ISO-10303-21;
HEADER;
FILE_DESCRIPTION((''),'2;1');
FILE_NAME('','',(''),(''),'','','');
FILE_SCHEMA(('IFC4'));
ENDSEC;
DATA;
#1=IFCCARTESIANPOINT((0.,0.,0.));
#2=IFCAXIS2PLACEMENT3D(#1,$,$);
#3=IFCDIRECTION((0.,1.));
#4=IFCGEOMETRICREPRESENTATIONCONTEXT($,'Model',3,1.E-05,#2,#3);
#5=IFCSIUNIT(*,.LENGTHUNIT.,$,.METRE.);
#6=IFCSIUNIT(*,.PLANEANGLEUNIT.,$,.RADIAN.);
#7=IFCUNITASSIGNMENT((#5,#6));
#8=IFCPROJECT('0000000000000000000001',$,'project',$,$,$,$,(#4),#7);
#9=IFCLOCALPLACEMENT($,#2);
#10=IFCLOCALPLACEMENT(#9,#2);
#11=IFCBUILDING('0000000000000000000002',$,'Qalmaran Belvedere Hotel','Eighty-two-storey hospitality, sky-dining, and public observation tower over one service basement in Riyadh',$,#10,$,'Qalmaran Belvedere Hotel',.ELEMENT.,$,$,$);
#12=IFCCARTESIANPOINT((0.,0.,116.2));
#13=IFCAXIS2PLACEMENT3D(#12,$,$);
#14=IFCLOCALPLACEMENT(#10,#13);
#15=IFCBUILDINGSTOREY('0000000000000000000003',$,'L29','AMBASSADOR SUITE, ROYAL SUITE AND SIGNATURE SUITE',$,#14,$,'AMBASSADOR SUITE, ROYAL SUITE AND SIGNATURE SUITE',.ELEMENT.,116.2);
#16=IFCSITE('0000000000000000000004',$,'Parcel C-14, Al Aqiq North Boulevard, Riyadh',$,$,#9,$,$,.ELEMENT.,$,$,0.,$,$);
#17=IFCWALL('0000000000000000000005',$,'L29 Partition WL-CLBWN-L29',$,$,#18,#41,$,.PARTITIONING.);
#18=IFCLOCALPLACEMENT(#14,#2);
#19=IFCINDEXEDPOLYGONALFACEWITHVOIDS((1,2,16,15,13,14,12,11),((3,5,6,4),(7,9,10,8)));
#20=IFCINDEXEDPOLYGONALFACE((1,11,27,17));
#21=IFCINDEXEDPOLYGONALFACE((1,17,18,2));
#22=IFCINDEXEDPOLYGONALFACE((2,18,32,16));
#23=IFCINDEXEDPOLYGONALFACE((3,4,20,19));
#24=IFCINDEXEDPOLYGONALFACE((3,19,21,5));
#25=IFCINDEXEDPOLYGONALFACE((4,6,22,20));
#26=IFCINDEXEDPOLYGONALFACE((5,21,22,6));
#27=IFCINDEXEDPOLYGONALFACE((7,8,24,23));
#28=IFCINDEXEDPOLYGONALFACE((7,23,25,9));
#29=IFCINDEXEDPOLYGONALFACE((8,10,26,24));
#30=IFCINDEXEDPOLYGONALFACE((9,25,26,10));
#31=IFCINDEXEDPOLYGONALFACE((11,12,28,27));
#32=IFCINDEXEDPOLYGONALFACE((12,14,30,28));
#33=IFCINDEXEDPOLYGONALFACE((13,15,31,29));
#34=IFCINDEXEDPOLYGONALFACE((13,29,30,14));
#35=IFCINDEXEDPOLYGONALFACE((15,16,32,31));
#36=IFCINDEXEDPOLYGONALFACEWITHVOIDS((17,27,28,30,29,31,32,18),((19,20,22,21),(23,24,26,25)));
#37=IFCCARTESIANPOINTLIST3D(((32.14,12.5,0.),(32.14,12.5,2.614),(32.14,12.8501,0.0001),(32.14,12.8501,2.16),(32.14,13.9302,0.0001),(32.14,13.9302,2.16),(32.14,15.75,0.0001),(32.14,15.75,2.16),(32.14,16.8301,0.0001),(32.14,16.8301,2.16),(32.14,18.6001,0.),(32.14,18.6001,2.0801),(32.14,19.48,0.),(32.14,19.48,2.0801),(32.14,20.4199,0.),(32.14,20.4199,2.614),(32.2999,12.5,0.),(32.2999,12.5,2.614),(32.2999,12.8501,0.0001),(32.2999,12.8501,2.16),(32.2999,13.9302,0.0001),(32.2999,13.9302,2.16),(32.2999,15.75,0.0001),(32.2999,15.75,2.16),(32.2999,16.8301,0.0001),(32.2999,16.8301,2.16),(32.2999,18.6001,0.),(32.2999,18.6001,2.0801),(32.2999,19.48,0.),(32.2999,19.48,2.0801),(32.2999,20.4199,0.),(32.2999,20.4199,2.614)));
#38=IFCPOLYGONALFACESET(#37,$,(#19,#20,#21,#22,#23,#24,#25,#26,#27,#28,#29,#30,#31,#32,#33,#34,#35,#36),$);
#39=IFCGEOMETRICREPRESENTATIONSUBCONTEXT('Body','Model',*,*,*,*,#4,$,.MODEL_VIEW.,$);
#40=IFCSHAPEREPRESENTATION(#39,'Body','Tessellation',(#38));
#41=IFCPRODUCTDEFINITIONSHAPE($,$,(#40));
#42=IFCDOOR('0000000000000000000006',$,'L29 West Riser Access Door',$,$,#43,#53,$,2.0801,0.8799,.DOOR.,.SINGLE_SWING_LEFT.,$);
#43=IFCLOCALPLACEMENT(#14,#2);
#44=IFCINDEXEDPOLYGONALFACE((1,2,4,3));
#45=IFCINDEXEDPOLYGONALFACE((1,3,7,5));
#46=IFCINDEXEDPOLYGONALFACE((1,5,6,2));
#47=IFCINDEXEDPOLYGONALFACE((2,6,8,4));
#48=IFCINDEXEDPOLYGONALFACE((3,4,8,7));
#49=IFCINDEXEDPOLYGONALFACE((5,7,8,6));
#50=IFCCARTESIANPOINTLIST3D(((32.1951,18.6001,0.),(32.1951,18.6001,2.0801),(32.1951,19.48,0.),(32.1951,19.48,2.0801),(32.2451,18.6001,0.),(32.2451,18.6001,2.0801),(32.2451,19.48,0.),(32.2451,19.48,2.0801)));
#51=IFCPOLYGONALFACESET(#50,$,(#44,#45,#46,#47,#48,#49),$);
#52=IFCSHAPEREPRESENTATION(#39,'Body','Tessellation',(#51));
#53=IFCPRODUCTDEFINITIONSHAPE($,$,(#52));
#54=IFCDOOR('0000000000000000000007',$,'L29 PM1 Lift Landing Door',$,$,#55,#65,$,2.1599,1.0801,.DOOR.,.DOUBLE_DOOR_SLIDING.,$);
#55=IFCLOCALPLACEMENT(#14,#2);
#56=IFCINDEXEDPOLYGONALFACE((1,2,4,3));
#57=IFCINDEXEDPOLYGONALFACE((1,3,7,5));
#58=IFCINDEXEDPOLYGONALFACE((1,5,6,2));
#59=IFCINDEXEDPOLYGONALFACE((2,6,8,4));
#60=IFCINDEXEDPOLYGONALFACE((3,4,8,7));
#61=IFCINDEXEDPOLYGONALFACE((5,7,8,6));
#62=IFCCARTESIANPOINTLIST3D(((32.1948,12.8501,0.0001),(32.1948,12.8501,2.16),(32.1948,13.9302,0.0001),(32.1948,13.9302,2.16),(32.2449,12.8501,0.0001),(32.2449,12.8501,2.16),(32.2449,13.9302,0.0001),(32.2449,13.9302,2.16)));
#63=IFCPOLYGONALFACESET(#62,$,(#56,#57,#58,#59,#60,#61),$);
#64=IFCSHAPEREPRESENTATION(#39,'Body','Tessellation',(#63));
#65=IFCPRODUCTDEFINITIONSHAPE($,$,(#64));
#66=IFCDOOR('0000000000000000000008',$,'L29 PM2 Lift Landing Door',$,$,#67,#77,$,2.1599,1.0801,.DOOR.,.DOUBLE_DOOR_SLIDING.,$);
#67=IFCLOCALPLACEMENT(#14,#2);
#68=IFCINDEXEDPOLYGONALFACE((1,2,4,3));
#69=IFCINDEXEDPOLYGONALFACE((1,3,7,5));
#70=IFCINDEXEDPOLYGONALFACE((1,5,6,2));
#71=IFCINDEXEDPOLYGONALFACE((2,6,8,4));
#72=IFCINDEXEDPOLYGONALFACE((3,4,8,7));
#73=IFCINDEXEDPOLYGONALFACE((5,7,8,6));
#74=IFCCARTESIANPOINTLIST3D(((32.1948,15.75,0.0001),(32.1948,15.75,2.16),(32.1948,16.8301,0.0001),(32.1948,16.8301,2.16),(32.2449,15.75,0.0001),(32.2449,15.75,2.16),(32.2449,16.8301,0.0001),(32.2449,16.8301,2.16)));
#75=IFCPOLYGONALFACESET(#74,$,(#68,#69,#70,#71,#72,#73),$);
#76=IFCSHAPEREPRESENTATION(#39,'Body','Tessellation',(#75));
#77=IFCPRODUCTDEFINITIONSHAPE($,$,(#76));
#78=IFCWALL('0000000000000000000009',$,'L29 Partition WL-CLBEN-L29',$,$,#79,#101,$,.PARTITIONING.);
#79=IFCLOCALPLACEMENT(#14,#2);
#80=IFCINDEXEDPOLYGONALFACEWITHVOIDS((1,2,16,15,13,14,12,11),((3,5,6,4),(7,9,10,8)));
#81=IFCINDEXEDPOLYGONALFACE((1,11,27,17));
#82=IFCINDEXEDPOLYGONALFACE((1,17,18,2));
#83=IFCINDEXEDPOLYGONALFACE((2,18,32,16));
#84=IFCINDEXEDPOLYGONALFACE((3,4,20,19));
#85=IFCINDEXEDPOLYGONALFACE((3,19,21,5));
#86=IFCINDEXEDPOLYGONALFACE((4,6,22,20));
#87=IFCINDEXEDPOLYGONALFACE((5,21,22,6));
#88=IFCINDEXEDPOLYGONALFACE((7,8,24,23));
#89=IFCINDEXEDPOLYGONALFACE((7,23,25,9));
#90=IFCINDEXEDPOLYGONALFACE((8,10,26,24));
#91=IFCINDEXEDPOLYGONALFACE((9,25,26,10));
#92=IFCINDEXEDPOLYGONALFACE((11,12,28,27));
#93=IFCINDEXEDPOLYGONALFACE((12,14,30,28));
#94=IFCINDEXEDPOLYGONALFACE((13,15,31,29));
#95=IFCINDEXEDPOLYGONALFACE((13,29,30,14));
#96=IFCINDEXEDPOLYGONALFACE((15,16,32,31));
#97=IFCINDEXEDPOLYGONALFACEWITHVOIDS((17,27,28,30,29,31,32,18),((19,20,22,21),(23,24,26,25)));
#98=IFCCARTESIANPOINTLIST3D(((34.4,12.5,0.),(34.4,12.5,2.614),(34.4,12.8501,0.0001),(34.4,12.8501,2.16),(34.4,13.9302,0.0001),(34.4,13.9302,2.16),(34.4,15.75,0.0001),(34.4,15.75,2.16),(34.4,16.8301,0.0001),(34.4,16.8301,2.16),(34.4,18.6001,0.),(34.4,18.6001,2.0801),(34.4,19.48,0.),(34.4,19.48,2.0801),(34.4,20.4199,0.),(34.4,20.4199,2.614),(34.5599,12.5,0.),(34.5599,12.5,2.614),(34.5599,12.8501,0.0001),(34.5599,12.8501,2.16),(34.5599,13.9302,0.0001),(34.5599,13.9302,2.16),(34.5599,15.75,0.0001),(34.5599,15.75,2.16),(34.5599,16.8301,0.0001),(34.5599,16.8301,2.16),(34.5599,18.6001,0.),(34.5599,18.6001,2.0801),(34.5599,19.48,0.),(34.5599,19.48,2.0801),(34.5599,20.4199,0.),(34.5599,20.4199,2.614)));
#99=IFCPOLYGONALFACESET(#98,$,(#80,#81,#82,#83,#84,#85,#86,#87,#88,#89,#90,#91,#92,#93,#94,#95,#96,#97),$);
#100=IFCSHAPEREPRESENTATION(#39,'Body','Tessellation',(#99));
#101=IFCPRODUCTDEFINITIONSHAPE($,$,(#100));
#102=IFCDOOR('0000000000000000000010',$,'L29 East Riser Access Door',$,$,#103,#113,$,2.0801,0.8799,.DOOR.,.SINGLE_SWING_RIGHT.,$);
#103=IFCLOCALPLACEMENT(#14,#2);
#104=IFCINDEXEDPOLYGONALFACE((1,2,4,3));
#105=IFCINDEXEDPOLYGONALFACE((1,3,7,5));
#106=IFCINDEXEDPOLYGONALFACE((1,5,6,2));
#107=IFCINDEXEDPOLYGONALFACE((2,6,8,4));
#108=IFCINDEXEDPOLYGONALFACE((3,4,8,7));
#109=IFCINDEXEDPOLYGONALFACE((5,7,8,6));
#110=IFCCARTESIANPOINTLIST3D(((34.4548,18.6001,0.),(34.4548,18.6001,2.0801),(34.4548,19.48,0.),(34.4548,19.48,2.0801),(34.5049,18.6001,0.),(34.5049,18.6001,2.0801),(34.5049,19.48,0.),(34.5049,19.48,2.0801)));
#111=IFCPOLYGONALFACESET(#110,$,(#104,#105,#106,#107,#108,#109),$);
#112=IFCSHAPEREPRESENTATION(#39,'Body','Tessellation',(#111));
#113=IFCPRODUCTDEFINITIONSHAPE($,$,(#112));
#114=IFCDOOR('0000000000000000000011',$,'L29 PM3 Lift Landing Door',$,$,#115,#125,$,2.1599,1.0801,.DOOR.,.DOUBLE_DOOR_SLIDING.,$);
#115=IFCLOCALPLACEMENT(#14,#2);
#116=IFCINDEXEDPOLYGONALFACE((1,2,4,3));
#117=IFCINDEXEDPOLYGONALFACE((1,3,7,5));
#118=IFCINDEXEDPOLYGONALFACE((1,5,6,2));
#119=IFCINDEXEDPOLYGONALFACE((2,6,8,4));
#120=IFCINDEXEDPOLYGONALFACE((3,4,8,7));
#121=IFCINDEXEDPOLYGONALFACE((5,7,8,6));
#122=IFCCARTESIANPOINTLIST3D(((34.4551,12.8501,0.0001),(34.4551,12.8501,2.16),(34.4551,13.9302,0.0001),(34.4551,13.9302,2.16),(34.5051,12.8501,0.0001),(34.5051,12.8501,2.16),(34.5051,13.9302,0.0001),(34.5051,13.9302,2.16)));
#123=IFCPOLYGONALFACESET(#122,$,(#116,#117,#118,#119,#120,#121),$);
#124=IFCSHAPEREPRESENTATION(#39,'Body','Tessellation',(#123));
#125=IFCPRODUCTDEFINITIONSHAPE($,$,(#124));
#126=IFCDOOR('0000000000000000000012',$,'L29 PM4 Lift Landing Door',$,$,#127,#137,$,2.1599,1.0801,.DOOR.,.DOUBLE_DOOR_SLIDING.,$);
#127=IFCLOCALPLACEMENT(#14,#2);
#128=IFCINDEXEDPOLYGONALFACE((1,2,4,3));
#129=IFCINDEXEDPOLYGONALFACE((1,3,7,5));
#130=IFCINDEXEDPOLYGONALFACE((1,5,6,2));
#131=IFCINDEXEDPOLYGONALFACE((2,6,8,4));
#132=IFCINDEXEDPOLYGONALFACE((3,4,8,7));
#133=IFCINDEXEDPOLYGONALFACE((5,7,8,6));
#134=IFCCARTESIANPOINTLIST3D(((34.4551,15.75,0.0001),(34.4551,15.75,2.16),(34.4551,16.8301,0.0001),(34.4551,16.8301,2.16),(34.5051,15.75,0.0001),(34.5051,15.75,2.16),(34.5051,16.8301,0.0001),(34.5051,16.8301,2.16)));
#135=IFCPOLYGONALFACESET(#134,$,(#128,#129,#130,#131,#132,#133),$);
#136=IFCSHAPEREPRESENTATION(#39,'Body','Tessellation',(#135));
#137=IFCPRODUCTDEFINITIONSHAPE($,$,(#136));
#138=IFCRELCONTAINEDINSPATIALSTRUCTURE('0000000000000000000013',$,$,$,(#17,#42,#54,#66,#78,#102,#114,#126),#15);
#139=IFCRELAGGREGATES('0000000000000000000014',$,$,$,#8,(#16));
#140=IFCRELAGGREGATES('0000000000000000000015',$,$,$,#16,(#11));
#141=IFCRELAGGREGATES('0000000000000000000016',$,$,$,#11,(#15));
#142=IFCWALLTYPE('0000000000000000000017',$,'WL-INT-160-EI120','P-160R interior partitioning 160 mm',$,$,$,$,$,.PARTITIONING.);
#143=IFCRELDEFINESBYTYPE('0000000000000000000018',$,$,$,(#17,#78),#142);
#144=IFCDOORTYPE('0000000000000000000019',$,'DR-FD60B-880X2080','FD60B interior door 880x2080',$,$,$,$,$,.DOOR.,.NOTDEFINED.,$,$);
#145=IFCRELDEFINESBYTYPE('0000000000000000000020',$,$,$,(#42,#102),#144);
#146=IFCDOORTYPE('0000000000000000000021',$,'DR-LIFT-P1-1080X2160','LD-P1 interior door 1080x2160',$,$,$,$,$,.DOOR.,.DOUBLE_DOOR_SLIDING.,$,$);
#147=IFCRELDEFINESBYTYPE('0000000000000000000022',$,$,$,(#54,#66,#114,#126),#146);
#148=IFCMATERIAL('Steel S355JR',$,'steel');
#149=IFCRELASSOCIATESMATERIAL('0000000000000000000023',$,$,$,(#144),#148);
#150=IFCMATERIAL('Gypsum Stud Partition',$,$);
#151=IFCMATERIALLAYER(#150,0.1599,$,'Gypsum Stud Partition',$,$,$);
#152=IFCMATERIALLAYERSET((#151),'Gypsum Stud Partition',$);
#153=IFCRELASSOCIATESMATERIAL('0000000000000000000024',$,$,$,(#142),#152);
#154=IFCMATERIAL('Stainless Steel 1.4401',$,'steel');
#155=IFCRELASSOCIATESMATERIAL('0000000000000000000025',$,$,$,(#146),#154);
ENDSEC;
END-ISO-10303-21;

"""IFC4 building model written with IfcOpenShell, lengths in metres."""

from ifc_helpers import new_model, si_unit, direction, frame, frame_2d, origin, place, context, subcontext, project, spatial, rectangle, extrude, material, layer, layer_set, type_object, element, fill, save


model = new_model("IFC4")

# Units and contexts
model_context = context("Model", 3, precision=1e-05, world=origin(), true_north=direction((0.0, 1.0)))
body_context = subcontext(model_context, "Body", "Model", "MODEL_VIEW")
ifc_project = project(units=[si_unit("LENGTHUNIT", "METRE"), si_unit("PLANEANGLEUNIT", "RADIAN")], contexts=[model_context])

# Site, building, storey
site_placement = place(None, origin())
site = spatial("IfcSite", under=ifc_project, at=site_placement, Name="Parcel C-14, Al Aqiq North Boulevard, Riyadh", CompositionType="ELEMENT", RefElevation=0.0)
building_placement = place(site_placement, origin())
building = spatial("IfcBuilding", under=site, at=building_placement, Name="Qalmaran Belvedere Hotel", Description="Eighty-two-storey hospitality, sky-dining, and public observation tower over one service basement in Riyadh", LongName="Qalmaran Belvedere Hotel", CompositionType="ELEMENT")
storey_placement = place(building_placement, frame((0.0, 0.0, 116.2)))
storey = spatial("IfcBuildingStorey", under=building, at=storey_placement, Name="L29", Description="AMBASSADOR SUITE, ROYAL SUITE AND SIGNATURE SUITE", LongName="AMBASSADOR SUITE, ROYAL SUITE AND SIGNATURE SUITE", CompositionType="ELEMENT", Elevation=116.2)

# Shared definitions
ifc_material_1 = material(Name="Steel S355JR", Category="steel")

# Shared definitions
ifc_material_2 = material(Name="Gypsum Stud Partition")

# Shared definitions
door_type_1 = type_object("IfcDoorType", Name="DR-FD60B-880X2080", Description="FD60B interior door 880x2080", OperationType="NOTDEFINED", PredefinedType="DOOR", material=ifc_material_1)

# Shared definitions
ifc_layer_1 = layer(ifc_material_2, 0.1599, Name="Gypsum Stud Partition")
ifc_layer_set_1 = layer_set([ifc_layer_1], Name="Gypsum Stud Partition")
wall_type_1 = type_object("IfcWallType", Name="WL-INT-160-EI120", Description="P-160R interior partitioning 160 mm", PredefinedType="PARTITIONING", material=ifc_layer_set_1)

# Walls, openings, doors
wall_1_placement = place(storey_placement, frame((32.22, 12.5, 0.0), z_axis=(0.0, 0.0, 1.0), x_axis=(0.0, 1.0, 0.0)))
wall_1 = element("IfcWall", 1, at=wall_1_placement, inside=storey, type_object=wall_type_1, Name="L29 Partition WL-CLBWN-L29", PredefinedType="PARTITIONING", context=body_context, shape_type="SweptSolid", body=[
    extrude(rectangle(XDim=7.9199, YDim=0.1599, at=frame_2d((3.96, 0.0))), origin(), (0.0, 0.0, 1.0), 2.614),
])
opening_1_placement = place(wall_1_placement, frame((1.4302, 0.0, 0.0), z_axis=(0.0, 0.0, 1.0), x_axis=(-1.0, 0.0, 0.0)))
opening_1 = element("IfcOpeningElement", 2, at=opening_1_placement, cuts=wall_1, PredefinedType="OPENING", context=body_context, shape_type="SweptSolid", body=[
    extrude(rectangle(XDim=1.0801, YDim=2.1599, at=frame_2d((0.54, 1.0801))), frame((0.0, 0.0898, 0.0), z_axis=(0.0, -1.0, 0.0), x_axis=(1.0, 0.0, 0.0)), (0.0, 0.0, 1.0), 0.1799),
])
opening_2_placement = place(wall_1_placement, frame((4.3301, 0.0, 0.0), z_axis=(0.0, 0.0, 1.0), x_axis=(-1.0, 0.0, 0.0)))
opening_2 = element("IfcOpeningElement", 3, at=opening_2_placement, cuts=wall_1, PredefinedType="OPENING", context=body_context, shape_type="SweptSolid", body=[
    extrude(rectangle(XDim=1.0801, YDim=2.1599, at=frame_2d((0.54, 1.0801))), frame((0.0, 0.0898, 0.0), z_axis=(0.0, -1.0, 0.0), x_axis=(1.0, 0.0, 0.0)), (0.0, 0.0, 1.0), 0.1799),
])
opening_3_placement = place(wall_1_placement, frame((6.1001, 0.0, 0.0)))
opening_3 = element("IfcOpeningElement", 4, at=opening_3_placement, cuts=wall_1, PredefinedType="OPENING", context=body_context, shape_type="SweptSolid", body=[
    extrude(rectangle(XDim=0.8799, YDim=2.0801, at=frame_2d((0.4399, 1.04))), frame((0.0, 0.0898, 0.0), z_axis=(0.0, -1.0, 0.0), x_axis=(1.0, 0.0, 0.0)), (0.0, 0.0, 1.0), 0.1799),
])
door_1_placement = place(opening_3_placement, origin())
door_1 = element("IfcDoor", 5, at=door_1_placement, inside=storey, type_object=door_type_1, Name="L29 West Riser Access Door", OperationType="SINGLE_SWING_LEFT", OverallHeight=2.0801, OverallWidth=0.8799, PredefinedType="DOOR", context=body_context, shape_type="SweptSolid", body=[
    extrude(rectangle(XDim=0.8799, YDim=2.0801, at=frame_2d((0.4399, 1.04))), frame((0.0, 0.0249, 0.0), z_axis=(0.0, -1.0, 0.0), x_axis=(1.0, 0.0, 0.0)), (0.0, 0.0, 1.0), 0.05),
])
fill(opening_3, door_1)
ifc_material_3 = material(Name="Stainless Steel 1.4401", Category="steel")
door_type_2 = type_object("IfcDoorType", Name="DR-LIFT-P1-1080X2160", Description="LD-P1 interior door 1080x2160", OperationType="DOUBLE_DOOR_SLIDING", PredefinedType="DOOR", material=ifc_material_3)
door_2_placement = place(opening_1_placement, origin())
door_2 = element("IfcDoor", 6, at=door_2_placement, inside=storey, type_object=door_type_2, Name="L29 PM1 Lift Landing Door", OperationType="DOUBLE_DOOR_SLIDING", OverallHeight=2.1599, OverallWidth=1.0801, PredefinedType="DOOR", context=body_context, shape_type="SweptSolid", body=[
    extrude(rectangle(XDim=1.0801, YDim=2.1599, at=frame_2d((0.54, 1.0801))), frame((0.0, 0.0249, 0.0), z_axis=(0.0, -1.0, 0.0), x_axis=(1.0, 0.0, 0.0)), (0.0, 0.0, 1.0), 0.05),
])
fill(opening_1, door_2)
door_3_placement = place(opening_2_placement, origin())
door_3 = element("IfcDoor", 7, at=door_3_placement, inside=storey, type_object=door_type_2, Name="L29 PM2 Lift Landing Door", OperationType="DOUBLE_DOOR_SLIDING", OverallHeight=2.1599, OverallWidth=1.0801, PredefinedType="DOOR", context=body_context, shape_type="SweptSolid", body=[
    extrude(rectangle(XDim=1.0801, YDim=2.1599, at=frame_2d((0.54, 1.0801))), frame((0.0, 0.0249, 0.0), z_axis=(0.0, -1.0, 0.0), x_axis=(1.0, 0.0, 0.0)), (0.0, 0.0, 1.0), 0.05),
])
fill(opening_2, door_3)
wall_2_placement = place(storey_placement, frame((34.48, 12.5, 0.0), z_axis=(0.0, 0.0, 1.0), x_axis=(0.0, 1.0, 0.0)))
wall_2 = element("IfcWall", 8, at=wall_2_placement, inside=storey, type_object=wall_type_1, Name="L29 Partition WL-CLBEN-L29", PredefinedType="PARTITIONING", context=body_context, shape_type="SweptSolid", body=[
    extrude(rectangle(XDim=7.9199, YDim=0.1599, at=frame_2d((3.96, 0.0))), origin(), (0.0, 0.0, 1.0), 2.614),
])
opening_4_placement = place(wall_2_placement, frame((0.3501, 0.0, 0.0)))
opening_4 = element("IfcOpeningElement", 9, at=opening_4_placement, cuts=wall_2, PredefinedType="OPENING", context=body_context, shape_type="SweptSolid", body=[
    extrude(rectangle(XDim=1.0801, YDim=2.1599, at=frame_2d((0.54, 1.0801))), frame((0.0, 0.0898, 0.0), z_axis=(0.0, -1.0, 0.0), x_axis=(1.0, 0.0, 0.0)), (0.0, 0.0, 1.0), 0.1799),
])
opening_5_placement = place(wall_2_placement, frame((3.25, 0.0, 0.0)))
opening_5 = element("IfcOpeningElement", 10, at=opening_5_placement, cuts=wall_2, PredefinedType="OPENING", context=body_context, shape_type="SweptSolid", body=[
    extrude(rectangle(XDim=1.0801, YDim=2.1599, at=frame_2d((0.54, 1.0801))), frame((0.0, 0.0898, 0.0), z_axis=(0.0, -1.0, 0.0), x_axis=(1.0, 0.0, 0.0)), (0.0, 0.0, 1.0), 0.1799),
])
opening_6_placement = place(wall_2_placement, frame((6.98, 0.0, 0.0), z_axis=(0.0, 0.0, 1.0), x_axis=(-1.0, 0.0, 0.0)))
opening_6 = element("IfcOpeningElement", 11, at=opening_6_placement, cuts=wall_2, PredefinedType="OPENING", context=body_context, shape_type="SweptSolid", body=[
    extrude(rectangle(XDim=0.8799, YDim=2.0801, at=frame_2d((0.4399, 1.04))), frame((0.0, 0.0898, 0.0), z_axis=(0.0, -1.0, 0.0), x_axis=(1.0, 0.0, 0.0)), (0.0, 0.0, 1.0), 0.1799),
])
door_4_placement = place(opening_6_placement, origin())
door_4 = element("IfcDoor", 12, at=door_4_placement, inside=storey, type_object=door_type_1, Name="L29 East Riser Access Door", OperationType="SINGLE_SWING_RIGHT", OverallHeight=2.0801, OverallWidth=0.8799, PredefinedType="DOOR", context=body_context, shape_type="SweptSolid", body=[
    extrude(rectangle(XDim=0.8799, YDim=2.0801, at=frame_2d((0.4399, 1.04))), frame((0.0, 0.0249, 0.0), z_axis=(0.0, -1.0, 0.0), x_axis=(1.0, 0.0, 0.0)), (0.0, 0.0, 1.0), 0.05),
])
fill(opening_6, door_4)
door_5_placement = place(opening_4_placement, origin())
door_5 = element("IfcDoor", 13, at=door_5_placement, inside=storey, type_object=door_type_2, Name="L29 PM3 Lift Landing Door", OperationType="DOUBLE_DOOR_SLIDING", OverallHeight=2.1599, OverallWidth=1.0801, PredefinedType="DOOR", context=body_context, shape_type="SweptSolid", body=[
    extrude(rectangle(XDim=1.0801, YDim=2.1599, at=frame_2d((0.54, 1.0801))), frame((0.0, 0.0249, 0.0), z_axis=(0.0, -1.0, 0.0), x_axis=(1.0, 0.0, 0.0)), (0.0, 0.0, 1.0), 0.05),
])
fill(opening_4, door_5)
door_6_placement = place(opening_5_placement, origin())
door_6 = element("IfcDoor", 14, at=door_6_placement, inside=storey, type_object=door_type_2, Name="L29 PM4 Lift Landing Door", OperationType="DOUBLE_DOOR_SLIDING", OverallHeight=2.1599, OverallWidth=1.0801, PredefinedType="DOOR", context=body_context, shape_type="SweptSolid", body=[
    extrude(rectangle(XDim=1.0801, YDim=2.1599, at=frame_2d((0.54, 1.0801))), frame((0.0, 0.0249, 0.0), z_axis=(0.0, -1.0, 0.0), x_axis=(1.0, 0.0, 0.0)), (0.0, 0.0, 1.0), 0.05),
])
fill(opening_5, door_6)

save(model, "model.ifc")
